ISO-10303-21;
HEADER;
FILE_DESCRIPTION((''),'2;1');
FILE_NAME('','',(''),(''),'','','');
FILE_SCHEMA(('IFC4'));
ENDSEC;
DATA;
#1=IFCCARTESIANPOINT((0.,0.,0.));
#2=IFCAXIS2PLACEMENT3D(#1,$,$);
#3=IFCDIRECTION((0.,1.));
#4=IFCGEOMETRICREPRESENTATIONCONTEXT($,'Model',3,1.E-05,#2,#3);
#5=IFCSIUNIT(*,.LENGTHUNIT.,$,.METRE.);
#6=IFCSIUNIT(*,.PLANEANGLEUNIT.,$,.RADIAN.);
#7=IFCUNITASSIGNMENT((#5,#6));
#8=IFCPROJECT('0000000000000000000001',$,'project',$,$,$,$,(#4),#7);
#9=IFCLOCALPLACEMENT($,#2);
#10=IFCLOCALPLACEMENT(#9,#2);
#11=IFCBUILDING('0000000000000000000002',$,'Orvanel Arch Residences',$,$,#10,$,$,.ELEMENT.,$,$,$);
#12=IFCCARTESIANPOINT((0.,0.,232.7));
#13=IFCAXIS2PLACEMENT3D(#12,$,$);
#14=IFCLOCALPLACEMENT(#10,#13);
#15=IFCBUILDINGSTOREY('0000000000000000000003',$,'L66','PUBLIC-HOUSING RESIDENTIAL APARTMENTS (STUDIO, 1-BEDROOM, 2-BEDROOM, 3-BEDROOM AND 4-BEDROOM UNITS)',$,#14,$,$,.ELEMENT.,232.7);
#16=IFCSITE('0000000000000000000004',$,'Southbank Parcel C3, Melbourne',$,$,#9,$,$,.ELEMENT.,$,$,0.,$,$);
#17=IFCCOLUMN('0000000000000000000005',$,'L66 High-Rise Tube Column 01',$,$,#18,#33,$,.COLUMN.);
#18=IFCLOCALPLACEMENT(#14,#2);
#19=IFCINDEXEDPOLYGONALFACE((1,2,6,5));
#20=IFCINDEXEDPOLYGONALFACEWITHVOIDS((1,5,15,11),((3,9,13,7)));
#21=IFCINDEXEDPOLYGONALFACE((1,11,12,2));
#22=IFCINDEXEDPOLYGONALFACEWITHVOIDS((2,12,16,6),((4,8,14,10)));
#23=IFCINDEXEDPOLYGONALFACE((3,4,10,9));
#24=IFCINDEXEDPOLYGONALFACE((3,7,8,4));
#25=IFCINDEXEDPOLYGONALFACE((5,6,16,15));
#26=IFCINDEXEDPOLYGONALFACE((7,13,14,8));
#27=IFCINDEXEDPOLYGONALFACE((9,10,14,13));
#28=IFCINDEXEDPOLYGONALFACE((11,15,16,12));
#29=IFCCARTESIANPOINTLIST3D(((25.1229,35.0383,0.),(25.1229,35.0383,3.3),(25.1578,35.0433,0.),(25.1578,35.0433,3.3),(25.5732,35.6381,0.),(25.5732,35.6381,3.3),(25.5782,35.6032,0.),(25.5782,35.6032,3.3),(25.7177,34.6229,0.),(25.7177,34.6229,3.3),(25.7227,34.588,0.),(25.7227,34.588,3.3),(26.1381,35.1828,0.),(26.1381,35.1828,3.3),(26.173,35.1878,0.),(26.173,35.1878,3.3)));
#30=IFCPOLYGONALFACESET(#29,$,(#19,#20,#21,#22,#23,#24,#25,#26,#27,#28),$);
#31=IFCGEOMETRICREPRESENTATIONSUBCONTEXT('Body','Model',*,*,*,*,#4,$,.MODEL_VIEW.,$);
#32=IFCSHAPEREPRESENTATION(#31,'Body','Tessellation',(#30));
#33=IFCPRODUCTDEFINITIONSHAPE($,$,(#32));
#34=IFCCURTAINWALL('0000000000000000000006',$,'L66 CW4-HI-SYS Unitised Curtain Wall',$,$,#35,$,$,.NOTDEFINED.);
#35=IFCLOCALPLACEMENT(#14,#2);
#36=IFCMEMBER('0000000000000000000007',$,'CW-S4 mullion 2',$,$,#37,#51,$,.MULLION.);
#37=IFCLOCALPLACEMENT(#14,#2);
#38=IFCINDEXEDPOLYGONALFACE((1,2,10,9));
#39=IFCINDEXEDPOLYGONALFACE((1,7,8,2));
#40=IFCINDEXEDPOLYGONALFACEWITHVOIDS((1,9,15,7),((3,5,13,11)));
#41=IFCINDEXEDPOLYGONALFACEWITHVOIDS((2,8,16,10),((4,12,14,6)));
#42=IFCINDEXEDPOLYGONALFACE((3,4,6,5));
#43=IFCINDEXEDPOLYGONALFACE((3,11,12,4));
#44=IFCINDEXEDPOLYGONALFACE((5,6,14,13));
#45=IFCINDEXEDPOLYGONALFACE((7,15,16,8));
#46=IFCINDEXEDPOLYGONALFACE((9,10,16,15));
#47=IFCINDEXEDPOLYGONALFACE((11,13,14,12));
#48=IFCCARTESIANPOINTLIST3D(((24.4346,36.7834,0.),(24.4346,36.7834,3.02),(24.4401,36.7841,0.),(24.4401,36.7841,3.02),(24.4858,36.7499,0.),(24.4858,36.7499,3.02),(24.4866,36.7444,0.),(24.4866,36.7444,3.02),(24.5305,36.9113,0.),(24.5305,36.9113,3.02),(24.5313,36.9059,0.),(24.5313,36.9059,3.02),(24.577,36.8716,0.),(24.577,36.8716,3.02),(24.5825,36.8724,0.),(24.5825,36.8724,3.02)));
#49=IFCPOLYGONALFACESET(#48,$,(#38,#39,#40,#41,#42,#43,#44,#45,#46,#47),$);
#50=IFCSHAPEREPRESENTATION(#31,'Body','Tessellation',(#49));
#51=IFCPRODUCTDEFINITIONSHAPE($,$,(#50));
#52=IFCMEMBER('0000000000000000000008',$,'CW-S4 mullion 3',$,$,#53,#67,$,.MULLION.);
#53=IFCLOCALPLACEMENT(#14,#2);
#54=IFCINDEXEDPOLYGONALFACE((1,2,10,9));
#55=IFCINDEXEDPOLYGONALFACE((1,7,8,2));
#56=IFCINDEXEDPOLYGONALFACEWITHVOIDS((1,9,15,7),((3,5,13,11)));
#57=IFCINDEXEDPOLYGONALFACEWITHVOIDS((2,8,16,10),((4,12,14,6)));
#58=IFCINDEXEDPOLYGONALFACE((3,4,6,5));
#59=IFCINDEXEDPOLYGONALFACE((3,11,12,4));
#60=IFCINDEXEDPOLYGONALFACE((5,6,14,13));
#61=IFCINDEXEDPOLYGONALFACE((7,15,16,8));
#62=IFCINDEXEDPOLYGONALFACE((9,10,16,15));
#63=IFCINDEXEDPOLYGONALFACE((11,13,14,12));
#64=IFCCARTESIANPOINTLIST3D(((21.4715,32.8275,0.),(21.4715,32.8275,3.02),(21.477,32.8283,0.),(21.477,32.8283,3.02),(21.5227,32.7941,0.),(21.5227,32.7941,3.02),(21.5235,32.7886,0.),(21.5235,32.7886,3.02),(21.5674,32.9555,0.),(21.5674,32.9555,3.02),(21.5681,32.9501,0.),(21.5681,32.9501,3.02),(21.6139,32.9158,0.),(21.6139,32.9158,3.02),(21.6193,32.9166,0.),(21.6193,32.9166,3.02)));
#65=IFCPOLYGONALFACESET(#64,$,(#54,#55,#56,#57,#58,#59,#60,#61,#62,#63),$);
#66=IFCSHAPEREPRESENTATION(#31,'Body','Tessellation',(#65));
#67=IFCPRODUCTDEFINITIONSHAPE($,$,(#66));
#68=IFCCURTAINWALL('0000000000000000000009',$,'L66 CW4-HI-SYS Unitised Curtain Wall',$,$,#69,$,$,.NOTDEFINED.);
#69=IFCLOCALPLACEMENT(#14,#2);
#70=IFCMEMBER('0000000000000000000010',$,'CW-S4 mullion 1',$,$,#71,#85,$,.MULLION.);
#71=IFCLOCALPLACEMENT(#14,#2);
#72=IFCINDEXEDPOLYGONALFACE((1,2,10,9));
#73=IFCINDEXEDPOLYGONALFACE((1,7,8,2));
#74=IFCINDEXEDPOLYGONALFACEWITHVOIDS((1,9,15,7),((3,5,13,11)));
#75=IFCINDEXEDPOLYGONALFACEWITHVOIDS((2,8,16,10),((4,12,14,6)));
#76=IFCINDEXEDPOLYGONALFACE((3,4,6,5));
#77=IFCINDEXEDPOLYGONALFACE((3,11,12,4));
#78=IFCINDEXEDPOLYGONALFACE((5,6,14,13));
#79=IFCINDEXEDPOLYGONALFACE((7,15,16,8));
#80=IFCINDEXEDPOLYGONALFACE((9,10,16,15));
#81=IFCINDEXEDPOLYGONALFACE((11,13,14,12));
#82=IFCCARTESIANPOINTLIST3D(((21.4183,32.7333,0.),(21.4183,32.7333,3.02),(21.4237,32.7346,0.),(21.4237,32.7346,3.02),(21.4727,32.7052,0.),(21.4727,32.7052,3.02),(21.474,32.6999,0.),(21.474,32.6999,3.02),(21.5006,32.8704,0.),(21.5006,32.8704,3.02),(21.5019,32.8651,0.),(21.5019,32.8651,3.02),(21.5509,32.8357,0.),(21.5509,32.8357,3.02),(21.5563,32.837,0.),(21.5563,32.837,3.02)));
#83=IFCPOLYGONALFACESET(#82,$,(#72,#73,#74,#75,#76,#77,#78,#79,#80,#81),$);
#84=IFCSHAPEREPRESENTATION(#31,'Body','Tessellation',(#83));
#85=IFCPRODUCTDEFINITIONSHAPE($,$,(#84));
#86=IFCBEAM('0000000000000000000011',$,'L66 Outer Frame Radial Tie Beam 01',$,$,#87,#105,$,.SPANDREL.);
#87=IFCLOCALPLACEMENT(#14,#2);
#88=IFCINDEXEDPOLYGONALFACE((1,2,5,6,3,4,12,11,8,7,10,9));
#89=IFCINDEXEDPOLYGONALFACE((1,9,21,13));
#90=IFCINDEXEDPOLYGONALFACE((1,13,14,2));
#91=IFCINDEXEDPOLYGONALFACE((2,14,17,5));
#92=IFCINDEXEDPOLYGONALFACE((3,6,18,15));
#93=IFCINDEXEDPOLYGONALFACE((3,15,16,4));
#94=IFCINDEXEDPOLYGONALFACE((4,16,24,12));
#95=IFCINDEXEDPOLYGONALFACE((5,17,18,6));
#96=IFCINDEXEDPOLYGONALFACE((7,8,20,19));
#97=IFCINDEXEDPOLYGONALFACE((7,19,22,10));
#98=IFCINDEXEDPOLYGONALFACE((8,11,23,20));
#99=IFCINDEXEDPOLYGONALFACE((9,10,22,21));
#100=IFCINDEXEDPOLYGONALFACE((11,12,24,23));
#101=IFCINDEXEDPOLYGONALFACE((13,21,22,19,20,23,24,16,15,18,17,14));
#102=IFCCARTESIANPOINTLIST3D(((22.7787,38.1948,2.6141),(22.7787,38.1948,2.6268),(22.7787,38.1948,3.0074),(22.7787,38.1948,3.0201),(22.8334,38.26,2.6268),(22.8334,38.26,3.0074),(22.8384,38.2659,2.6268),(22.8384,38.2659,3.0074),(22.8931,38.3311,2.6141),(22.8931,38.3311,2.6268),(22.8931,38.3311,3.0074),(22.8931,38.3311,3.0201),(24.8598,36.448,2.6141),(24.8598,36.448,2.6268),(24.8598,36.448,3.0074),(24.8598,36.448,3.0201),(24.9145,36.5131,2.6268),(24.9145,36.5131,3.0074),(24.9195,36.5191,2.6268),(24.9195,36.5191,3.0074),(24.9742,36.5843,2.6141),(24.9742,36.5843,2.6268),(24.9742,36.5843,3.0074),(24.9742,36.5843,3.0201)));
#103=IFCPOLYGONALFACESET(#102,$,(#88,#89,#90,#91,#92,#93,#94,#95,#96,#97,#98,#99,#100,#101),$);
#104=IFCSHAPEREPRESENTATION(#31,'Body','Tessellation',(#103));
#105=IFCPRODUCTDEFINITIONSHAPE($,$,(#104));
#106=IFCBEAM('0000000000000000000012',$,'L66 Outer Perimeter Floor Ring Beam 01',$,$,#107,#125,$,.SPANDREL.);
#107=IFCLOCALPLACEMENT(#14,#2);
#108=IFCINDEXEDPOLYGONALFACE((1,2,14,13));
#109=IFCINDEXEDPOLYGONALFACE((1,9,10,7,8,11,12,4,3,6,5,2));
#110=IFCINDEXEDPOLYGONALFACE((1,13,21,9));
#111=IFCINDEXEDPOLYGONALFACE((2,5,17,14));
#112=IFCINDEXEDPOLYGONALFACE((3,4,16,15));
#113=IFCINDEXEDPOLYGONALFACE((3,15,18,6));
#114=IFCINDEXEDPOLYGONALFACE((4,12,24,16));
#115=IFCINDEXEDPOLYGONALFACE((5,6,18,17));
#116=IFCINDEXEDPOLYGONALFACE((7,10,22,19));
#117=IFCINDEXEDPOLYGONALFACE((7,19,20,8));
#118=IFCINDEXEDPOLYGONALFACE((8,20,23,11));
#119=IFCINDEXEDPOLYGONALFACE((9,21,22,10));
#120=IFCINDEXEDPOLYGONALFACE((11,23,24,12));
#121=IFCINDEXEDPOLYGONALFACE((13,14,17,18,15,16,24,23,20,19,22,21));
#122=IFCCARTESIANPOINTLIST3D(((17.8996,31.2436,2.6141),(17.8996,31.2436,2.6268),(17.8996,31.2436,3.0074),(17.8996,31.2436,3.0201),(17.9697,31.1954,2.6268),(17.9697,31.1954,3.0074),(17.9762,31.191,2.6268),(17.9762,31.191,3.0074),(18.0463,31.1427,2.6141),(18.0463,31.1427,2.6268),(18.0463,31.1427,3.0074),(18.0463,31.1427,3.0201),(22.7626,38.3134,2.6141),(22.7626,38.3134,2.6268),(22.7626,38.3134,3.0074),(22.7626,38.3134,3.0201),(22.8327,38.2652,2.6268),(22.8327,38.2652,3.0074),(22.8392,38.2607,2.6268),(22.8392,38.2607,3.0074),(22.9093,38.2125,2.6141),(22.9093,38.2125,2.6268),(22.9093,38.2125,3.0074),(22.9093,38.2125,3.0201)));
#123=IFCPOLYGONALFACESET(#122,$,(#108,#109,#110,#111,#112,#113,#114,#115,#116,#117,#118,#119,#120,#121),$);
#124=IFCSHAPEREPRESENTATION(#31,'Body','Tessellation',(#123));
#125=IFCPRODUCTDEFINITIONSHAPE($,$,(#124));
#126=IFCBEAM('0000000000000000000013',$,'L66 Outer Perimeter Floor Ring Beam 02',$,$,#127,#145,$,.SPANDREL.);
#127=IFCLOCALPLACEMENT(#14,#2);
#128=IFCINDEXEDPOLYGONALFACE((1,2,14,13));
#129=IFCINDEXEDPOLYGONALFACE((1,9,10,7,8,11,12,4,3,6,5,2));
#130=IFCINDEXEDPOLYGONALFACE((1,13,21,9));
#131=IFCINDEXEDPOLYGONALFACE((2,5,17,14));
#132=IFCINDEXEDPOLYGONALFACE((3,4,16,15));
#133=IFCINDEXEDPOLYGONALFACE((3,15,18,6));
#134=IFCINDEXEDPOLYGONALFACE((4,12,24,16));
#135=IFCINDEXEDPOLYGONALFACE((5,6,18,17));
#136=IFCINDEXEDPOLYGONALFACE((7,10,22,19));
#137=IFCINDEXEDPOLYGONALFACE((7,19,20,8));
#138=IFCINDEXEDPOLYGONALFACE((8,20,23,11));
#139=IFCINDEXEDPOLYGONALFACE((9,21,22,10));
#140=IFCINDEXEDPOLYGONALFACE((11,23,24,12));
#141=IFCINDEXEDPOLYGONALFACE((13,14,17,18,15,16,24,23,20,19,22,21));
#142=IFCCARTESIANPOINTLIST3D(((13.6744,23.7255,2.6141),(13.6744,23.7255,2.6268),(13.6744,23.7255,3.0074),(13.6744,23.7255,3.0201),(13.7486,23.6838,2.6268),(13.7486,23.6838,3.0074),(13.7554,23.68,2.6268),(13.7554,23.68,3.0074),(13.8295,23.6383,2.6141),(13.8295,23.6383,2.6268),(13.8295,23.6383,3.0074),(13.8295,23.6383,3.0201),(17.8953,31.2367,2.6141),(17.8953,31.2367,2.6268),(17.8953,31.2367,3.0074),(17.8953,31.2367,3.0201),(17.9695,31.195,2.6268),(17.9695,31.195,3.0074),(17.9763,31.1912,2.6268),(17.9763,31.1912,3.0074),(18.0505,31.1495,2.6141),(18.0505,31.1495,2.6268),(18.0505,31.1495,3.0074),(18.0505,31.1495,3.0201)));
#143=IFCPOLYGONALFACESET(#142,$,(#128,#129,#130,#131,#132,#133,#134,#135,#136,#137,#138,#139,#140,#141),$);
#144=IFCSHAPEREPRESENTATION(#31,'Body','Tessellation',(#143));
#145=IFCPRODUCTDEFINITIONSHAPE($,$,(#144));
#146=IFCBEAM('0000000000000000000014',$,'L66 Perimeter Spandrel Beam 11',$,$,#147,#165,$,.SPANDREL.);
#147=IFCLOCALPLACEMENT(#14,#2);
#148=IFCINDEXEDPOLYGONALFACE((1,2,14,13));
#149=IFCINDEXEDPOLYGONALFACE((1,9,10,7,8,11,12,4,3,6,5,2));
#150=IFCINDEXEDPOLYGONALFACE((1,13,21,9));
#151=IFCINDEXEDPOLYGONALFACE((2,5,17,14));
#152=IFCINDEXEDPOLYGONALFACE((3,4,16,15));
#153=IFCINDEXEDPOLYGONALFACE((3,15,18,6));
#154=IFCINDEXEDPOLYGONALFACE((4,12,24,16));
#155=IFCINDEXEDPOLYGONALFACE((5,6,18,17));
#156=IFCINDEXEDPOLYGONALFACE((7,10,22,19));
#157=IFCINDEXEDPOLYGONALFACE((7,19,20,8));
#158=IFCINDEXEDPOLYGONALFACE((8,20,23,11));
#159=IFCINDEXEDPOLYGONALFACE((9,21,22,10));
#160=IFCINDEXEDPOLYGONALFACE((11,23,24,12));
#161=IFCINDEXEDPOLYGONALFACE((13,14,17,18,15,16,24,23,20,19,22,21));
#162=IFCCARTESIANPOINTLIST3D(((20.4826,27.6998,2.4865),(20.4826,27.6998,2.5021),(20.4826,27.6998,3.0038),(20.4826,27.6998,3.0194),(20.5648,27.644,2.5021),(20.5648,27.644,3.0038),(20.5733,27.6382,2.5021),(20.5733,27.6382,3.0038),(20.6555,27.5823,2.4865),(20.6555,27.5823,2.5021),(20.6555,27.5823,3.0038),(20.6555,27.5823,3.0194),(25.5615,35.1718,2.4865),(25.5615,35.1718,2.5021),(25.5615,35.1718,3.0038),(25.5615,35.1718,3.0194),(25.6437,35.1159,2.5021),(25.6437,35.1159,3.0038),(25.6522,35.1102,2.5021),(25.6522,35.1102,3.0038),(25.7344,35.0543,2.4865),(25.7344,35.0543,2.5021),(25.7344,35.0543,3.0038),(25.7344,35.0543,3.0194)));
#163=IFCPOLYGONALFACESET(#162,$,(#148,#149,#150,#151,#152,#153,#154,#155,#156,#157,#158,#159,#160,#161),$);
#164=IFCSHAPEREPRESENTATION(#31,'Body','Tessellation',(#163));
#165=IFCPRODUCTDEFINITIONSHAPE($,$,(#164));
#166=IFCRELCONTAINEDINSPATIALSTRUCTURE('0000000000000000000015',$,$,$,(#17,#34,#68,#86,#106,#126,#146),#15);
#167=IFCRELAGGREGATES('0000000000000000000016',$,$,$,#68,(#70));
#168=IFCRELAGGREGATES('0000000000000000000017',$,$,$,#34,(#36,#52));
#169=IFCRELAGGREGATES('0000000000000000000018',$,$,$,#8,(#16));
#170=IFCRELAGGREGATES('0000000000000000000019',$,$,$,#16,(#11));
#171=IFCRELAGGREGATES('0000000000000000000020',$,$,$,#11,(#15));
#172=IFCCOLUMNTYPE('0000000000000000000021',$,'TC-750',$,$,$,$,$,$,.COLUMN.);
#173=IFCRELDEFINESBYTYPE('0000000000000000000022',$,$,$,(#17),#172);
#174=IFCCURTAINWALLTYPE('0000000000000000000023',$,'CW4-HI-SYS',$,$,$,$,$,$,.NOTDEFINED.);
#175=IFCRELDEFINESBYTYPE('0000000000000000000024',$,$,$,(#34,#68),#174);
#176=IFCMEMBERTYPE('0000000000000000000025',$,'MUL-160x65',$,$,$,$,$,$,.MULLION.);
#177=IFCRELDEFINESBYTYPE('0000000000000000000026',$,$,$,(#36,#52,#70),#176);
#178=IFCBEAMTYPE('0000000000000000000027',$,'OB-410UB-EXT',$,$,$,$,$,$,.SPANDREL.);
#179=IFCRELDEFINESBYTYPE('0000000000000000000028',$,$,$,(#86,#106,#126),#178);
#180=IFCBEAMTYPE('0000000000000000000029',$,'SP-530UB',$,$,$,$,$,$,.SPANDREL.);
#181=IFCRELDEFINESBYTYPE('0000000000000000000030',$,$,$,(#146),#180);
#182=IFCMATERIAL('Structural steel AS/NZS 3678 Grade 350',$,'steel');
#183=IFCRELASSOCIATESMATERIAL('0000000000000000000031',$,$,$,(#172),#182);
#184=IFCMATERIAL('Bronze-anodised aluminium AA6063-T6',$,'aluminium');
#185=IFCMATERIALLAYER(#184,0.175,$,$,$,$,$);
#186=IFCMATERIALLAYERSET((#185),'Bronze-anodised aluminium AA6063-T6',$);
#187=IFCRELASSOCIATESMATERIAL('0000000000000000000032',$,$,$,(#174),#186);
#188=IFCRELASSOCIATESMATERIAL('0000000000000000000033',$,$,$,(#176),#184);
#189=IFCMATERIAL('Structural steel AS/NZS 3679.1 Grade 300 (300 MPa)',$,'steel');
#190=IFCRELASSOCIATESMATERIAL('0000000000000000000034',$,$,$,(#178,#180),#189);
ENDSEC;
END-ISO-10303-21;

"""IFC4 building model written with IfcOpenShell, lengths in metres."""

from ifc_helpers import new_model, si_unit, direction, frame, origin, origin_2d, place, context, subcontext, project, spatial, hollow_rectangle, i_section, extrude, material, layer, layer_set, material_profile, profile_set, type_object, element, aggregate, save


model = new_model("IFC4")

# Units and contexts
model_context = context("Model", 3, precision=1e-05, world=origin(), true_north=direction((0.0, 1.0)))
body_context = subcontext(model_context, "Body", "Model", "MODEL_VIEW")
ifc_project = project(units=[si_unit("LENGTHUNIT", "METRE"), si_unit("PLANEANGLEUNIT", "RADIAN")], contexts=[model_context])

# Site, building, storey
site_placement = place(None, origin())
site = spatial("IfcSite", under=ifc_project, at=site_placement, Name="Southbank Parcel C3, Melbourne", CompositionType="ELEMENT", RefElevation=0.0)
building_placement = place(site_placement, origin())
building = spatial("IfcBuilding", under=site, at=building_placement, Name="Orvanel Arch Residences", CompositionType="ELEMENT")
storey_placement = place(building_placement, frame((0.0, 0.0, 232.7)))
storey = spatial("IfcBuildingStorey", under=building, at=storey_placement, Name="L66", Description="PUBLIC-HOUSING RESIDENTIAL APARTMENTS (STUDIO, 1-BEDROOM, 2-BEDROOM, 3-BEDROOM AND 4-BEDROOM UNITS)", CompositionType="ELEMENT", Elevation=232.7)

# Column
ifc_material_1 = material(Name="Structural steel AS/NZS 3678 Grade 350", Category="steel")
ifc_material_profile_1 = material_profile(ifc_material_1, hollow_rectangle(XDim=0.75, YDim=0.75, WallThickness=0.0249, at=origin_2d()), Name="BOX750x750x25")
ifc_profile_set_1 = profile_set([ifc_material_profile_1], Name="Structural steel AS/NZS 3678 Grade 350")
column_type = type_object("IfcColumnType", Name="TC-750", PredefinedType="COLUMN", material=ifc_profile_set_1)
column_placement = place(storey_placement, frame((25.6479, 35.113, 0.0), z_axis=(0.0, 0.0, 1.0), x_axis=(0.60042, 0.799685, 0.0)))
element("IfcColumn", 1, at=column_placement, inside=storey, type_object=column_type, Name="L66 High-Rise Tube Column 01", PredefinedType="COLUMN", context=body_context, shape_type="SweptSolid", body=[
    extrude(hollow_rectangle(XDim=0.75, YDim=0.75, WallThickness=0.0249, at=origin_2d()), origin(), (0.0, 0.0, 1.0), 3.3),
])

# Curtain wall, members
ifc_material_2 = material(Name="Bronze-anodised aluminium AA6063-T6", Category="aluminium")
ifc_layer_1 = layer(ifc_material_2, 0.175)
ifc_layer_set_1 = layer_set([ifc_layer_1], Name="Bronze-anodised aluminium AA6063-T6")
curtain_wall_type = type_object("IfcCurtainWallType", Name="CW4-HI-SYS", PredefinedType="NOTDEFINED", material=ifc_layer_set_1)
curtain_wall_1_placement = place(storey_placement, origin())
curtain_wall_1 = element("IfcCurtainWall", 2, at=curtain_wall_1_placement, inside=storey, type_object=curtain_wall_type, Name="L66 CW4-HI-SYS Unitised Curtain Wall", PredefinedType="NOTDEFINED")
ifc_material_profile_2 = material_profile(ifc_material_2, hollow_rectangle(XDim=0.0649, YDim=0.1599, WallThickness=0.0039, at=origin_2d()), Name="ALU160x65x4")
ifc_profile_set_2 = profile_set([ifc_material_profile_2], Name="Bronze-anodised aluminium AA6063-T6")
member_type_1 = type_object("IfcMemberType", Name="MUL-160x65", PredefinedType="MULLION", material=ifc_profile_set_2)
member_1_placement = place(storey_placement, frame((24.5085, 36.8279, 0.0), z_axis=(0.0, 0.0, 1.0), x_axis=(0.800386, -0.599485, 0.0)))
member_1 = element("IfcMember", 3, at=member_1_placement, type_object=member_type_1, Name="CW-S4 mullion 2", PredefinedType="MULLION", context=body_context, shape_type="SweptSolid", body=[
    extrude(hollow_rectangle(XDim=0.0649, YDim=0.1599, WallThickness=0.0039, at=origin_2d()), origin(), (0.0, 0.0, 1.0), 3.02),
])
member_2_placement = place(storey_placement, frame((21.5454, 32.8721, 0.0), z_axis=(0.0, 0.0, 1.0), x_axis=(0.800386, -0.599485, 0.0)))
member_2 = element("IfcMember", 4, at=member_2_placement, type_object=member_type_1, Name="CW-S4 mullion 3", PredefinedType="MULLION", context=body_context, shape_type="SweptSolid", body=[
    extrude(hollow_rectangle(XDim=0.0649, YDim=0.1599, WallThickness=0.0039, at=origin_2d()), origin(), (0.0, 0.0, 1.0), 3.02),
])

# Curtain wall, member
curtain_wall_2_placement = place(storey_placement, origin())
curtain_wall_2 = element("IfcCurtainWall", 5, at=curtain_wall_2_placement, inside=storey, type_object=curtain_wall_type, Name="L66 CW4-HI-SYS Unitised Curtain Wall", PredefinedType="NOTDEFINED")
member_3_placement = place(storey_placement, frame((21.4873, 32.7852, 0.0), z_axis=(0.0, 0.0, 1.0), x_axis=(0.857529, -0.514436, 0.0)))
member_3 = element("IfcMember", 6, at=member_3_placement, type_object=member_type_1, Name="CW-S4 mullion 1", PredefinedType="MULLION", context=body_context, shape_type="SweptSolid", body=[
    extrude(hollow_rectangle(XDim=0.0649, YDim=0.1599, WallThickness=0.0039, at=origin_2d()), origin(), (0.0, 0.0, 1.0), 3.02),
])

# Beams
ifc_material_3 = material(Name="Structural steel AS/NZS 3679.1 Grade 300 (300 MPa)", Category="steel")
ifc_material_profile_3 = material_profile(ifc_material_3, i_section(OverallWidth=0.178, OverallDepth=0.406, WebThickness=0.0078, FlangeThickness=0.0127, at=origin_2d()), Name="410UB59.7")
ifc_profile_set_3 = profile_set([ifc_material_profile_3], Name="Structural steel AS/NZS 3679.1 Grade 300 (300 MPa)")
beam_type_1 = type_object("IfcBeamType", Name="OB-410UB-EXT", PredefinedType="SPANDREL", material=ifc_profile_set_3)
beam_1_placement = place(storey_placement, frame((24.917, 36.5161, 2.8171), z_axis=(-0.765933, 0.64292, 0.0), x_axis=(-0.64292, -0.765933, 0.0)))
element("IfcBeam", 7, at=beam_1_placement, inside=storey, type_object=beam_type_1, Name="L66 Outer Frame Radial Tie Beam 01", PredefinedType="SPANDREL", context=body_context, shape_type="SweptSolid", body=[
    extrude(i_section(OverallWidth=0.178, OverallDepth=0.406, WebThickness=0.0078, FlangeThickness=0.0127, at=origin_2d()), origin(), (0.0, 0.0, 1.0), 2.717),
])
beam_2_placement = place(storey_placement, frame((22.8359, 38.2629, 2.8171), z_axis=(-0.566729, -0.823904, 0.0), x_axis=(0.823904, -0.566729, 0.0)))
element("IfcBeam", 8, at=beam_2_placement, inside=storey, type_object=beam_type_1, Name="L66 Outer Perimeter Floor Ring Beam 01", PredefinedType="SPANDREL", context=body_context, shape_type="SweptSolid", body=[
    extrude(i_section(OverallWidth=0.178, OverallDepth=0.406, WebThickness=0.0078, FlangeThickness=0.0127, at=origin_2d()), origin(), (0.0, 0.0, 1.0), 8.5808),
])
beam_3_placement = place(storey_placement, frame((17.9729, 31.1931, 2.8171), z_axis=(-0.489898, -0.87178, 0.0), x_axis=(0.87178, -0.489898, 0.0)))
element("IfcBeam", 9, at=beam_3_placement, inside=storey, type_object=beam_type_1, Name="L66 Outer Perimeter Floor Ring Beam 02", PredefinedType="SPANDREL", context=body_context, shape_type="SweptSolid", body=[
    extrude(i_section(OverallWidth=0.178, OverallDepth=0.406, WebThickness=0.0078, FlangeThickness=0.0127, at=origin_2d()), origin(), (0.0, 0.0, 1.0), 8.616),
])
ifc_material_profile_4 = material_profile(ifc_material_3, i_section(OverallWidth=0.209, OverallDepth=0.533, WebThickness=0.0103, FlangeThickness=0.0156, at=origin_2d()), Name="530UB92.4")
ifc_profile_set_4 = profile_set([ifc_material_profile_4], Name="Structural steel AS/NZS 3679.1 Grade 300 (300 MPa)")
beam_type_2 = type_object("IfcBeamType", Name="SP-530UB", PredefinedType="SPANDREL", material=ifc_profile_set_4)
beam_4_placement = place(storey_placement, frame((25.6479, 35.113, 2.7529), z_axis=(-0.562155, -0.827032, 0.0), x_axis=(0.827032, -0.562155, 0.0)))
element("IfcBeam", 10, at=beam_4_placement, inside=storey, type_object=beam_type_2, Name="L66 Perimeter Spandrel Beam 11", PredefinedType="SPANDREL", context=body_context, shape_type="SweptSolid", body=[
    extrude(i_section(OverallWidth=0.209, OverallDepth=0.533, WebThickness=0.0103, FlangeThickness=0.0156, at=origin_2d()), origin(), (0.0, 0.0, 1.0), 9.0347),
])

aggregate(curtain_wall_2, [member_3])

aggregate(curtain_wall_1, [member_1, member_2])

save(model, "model.ifc")
